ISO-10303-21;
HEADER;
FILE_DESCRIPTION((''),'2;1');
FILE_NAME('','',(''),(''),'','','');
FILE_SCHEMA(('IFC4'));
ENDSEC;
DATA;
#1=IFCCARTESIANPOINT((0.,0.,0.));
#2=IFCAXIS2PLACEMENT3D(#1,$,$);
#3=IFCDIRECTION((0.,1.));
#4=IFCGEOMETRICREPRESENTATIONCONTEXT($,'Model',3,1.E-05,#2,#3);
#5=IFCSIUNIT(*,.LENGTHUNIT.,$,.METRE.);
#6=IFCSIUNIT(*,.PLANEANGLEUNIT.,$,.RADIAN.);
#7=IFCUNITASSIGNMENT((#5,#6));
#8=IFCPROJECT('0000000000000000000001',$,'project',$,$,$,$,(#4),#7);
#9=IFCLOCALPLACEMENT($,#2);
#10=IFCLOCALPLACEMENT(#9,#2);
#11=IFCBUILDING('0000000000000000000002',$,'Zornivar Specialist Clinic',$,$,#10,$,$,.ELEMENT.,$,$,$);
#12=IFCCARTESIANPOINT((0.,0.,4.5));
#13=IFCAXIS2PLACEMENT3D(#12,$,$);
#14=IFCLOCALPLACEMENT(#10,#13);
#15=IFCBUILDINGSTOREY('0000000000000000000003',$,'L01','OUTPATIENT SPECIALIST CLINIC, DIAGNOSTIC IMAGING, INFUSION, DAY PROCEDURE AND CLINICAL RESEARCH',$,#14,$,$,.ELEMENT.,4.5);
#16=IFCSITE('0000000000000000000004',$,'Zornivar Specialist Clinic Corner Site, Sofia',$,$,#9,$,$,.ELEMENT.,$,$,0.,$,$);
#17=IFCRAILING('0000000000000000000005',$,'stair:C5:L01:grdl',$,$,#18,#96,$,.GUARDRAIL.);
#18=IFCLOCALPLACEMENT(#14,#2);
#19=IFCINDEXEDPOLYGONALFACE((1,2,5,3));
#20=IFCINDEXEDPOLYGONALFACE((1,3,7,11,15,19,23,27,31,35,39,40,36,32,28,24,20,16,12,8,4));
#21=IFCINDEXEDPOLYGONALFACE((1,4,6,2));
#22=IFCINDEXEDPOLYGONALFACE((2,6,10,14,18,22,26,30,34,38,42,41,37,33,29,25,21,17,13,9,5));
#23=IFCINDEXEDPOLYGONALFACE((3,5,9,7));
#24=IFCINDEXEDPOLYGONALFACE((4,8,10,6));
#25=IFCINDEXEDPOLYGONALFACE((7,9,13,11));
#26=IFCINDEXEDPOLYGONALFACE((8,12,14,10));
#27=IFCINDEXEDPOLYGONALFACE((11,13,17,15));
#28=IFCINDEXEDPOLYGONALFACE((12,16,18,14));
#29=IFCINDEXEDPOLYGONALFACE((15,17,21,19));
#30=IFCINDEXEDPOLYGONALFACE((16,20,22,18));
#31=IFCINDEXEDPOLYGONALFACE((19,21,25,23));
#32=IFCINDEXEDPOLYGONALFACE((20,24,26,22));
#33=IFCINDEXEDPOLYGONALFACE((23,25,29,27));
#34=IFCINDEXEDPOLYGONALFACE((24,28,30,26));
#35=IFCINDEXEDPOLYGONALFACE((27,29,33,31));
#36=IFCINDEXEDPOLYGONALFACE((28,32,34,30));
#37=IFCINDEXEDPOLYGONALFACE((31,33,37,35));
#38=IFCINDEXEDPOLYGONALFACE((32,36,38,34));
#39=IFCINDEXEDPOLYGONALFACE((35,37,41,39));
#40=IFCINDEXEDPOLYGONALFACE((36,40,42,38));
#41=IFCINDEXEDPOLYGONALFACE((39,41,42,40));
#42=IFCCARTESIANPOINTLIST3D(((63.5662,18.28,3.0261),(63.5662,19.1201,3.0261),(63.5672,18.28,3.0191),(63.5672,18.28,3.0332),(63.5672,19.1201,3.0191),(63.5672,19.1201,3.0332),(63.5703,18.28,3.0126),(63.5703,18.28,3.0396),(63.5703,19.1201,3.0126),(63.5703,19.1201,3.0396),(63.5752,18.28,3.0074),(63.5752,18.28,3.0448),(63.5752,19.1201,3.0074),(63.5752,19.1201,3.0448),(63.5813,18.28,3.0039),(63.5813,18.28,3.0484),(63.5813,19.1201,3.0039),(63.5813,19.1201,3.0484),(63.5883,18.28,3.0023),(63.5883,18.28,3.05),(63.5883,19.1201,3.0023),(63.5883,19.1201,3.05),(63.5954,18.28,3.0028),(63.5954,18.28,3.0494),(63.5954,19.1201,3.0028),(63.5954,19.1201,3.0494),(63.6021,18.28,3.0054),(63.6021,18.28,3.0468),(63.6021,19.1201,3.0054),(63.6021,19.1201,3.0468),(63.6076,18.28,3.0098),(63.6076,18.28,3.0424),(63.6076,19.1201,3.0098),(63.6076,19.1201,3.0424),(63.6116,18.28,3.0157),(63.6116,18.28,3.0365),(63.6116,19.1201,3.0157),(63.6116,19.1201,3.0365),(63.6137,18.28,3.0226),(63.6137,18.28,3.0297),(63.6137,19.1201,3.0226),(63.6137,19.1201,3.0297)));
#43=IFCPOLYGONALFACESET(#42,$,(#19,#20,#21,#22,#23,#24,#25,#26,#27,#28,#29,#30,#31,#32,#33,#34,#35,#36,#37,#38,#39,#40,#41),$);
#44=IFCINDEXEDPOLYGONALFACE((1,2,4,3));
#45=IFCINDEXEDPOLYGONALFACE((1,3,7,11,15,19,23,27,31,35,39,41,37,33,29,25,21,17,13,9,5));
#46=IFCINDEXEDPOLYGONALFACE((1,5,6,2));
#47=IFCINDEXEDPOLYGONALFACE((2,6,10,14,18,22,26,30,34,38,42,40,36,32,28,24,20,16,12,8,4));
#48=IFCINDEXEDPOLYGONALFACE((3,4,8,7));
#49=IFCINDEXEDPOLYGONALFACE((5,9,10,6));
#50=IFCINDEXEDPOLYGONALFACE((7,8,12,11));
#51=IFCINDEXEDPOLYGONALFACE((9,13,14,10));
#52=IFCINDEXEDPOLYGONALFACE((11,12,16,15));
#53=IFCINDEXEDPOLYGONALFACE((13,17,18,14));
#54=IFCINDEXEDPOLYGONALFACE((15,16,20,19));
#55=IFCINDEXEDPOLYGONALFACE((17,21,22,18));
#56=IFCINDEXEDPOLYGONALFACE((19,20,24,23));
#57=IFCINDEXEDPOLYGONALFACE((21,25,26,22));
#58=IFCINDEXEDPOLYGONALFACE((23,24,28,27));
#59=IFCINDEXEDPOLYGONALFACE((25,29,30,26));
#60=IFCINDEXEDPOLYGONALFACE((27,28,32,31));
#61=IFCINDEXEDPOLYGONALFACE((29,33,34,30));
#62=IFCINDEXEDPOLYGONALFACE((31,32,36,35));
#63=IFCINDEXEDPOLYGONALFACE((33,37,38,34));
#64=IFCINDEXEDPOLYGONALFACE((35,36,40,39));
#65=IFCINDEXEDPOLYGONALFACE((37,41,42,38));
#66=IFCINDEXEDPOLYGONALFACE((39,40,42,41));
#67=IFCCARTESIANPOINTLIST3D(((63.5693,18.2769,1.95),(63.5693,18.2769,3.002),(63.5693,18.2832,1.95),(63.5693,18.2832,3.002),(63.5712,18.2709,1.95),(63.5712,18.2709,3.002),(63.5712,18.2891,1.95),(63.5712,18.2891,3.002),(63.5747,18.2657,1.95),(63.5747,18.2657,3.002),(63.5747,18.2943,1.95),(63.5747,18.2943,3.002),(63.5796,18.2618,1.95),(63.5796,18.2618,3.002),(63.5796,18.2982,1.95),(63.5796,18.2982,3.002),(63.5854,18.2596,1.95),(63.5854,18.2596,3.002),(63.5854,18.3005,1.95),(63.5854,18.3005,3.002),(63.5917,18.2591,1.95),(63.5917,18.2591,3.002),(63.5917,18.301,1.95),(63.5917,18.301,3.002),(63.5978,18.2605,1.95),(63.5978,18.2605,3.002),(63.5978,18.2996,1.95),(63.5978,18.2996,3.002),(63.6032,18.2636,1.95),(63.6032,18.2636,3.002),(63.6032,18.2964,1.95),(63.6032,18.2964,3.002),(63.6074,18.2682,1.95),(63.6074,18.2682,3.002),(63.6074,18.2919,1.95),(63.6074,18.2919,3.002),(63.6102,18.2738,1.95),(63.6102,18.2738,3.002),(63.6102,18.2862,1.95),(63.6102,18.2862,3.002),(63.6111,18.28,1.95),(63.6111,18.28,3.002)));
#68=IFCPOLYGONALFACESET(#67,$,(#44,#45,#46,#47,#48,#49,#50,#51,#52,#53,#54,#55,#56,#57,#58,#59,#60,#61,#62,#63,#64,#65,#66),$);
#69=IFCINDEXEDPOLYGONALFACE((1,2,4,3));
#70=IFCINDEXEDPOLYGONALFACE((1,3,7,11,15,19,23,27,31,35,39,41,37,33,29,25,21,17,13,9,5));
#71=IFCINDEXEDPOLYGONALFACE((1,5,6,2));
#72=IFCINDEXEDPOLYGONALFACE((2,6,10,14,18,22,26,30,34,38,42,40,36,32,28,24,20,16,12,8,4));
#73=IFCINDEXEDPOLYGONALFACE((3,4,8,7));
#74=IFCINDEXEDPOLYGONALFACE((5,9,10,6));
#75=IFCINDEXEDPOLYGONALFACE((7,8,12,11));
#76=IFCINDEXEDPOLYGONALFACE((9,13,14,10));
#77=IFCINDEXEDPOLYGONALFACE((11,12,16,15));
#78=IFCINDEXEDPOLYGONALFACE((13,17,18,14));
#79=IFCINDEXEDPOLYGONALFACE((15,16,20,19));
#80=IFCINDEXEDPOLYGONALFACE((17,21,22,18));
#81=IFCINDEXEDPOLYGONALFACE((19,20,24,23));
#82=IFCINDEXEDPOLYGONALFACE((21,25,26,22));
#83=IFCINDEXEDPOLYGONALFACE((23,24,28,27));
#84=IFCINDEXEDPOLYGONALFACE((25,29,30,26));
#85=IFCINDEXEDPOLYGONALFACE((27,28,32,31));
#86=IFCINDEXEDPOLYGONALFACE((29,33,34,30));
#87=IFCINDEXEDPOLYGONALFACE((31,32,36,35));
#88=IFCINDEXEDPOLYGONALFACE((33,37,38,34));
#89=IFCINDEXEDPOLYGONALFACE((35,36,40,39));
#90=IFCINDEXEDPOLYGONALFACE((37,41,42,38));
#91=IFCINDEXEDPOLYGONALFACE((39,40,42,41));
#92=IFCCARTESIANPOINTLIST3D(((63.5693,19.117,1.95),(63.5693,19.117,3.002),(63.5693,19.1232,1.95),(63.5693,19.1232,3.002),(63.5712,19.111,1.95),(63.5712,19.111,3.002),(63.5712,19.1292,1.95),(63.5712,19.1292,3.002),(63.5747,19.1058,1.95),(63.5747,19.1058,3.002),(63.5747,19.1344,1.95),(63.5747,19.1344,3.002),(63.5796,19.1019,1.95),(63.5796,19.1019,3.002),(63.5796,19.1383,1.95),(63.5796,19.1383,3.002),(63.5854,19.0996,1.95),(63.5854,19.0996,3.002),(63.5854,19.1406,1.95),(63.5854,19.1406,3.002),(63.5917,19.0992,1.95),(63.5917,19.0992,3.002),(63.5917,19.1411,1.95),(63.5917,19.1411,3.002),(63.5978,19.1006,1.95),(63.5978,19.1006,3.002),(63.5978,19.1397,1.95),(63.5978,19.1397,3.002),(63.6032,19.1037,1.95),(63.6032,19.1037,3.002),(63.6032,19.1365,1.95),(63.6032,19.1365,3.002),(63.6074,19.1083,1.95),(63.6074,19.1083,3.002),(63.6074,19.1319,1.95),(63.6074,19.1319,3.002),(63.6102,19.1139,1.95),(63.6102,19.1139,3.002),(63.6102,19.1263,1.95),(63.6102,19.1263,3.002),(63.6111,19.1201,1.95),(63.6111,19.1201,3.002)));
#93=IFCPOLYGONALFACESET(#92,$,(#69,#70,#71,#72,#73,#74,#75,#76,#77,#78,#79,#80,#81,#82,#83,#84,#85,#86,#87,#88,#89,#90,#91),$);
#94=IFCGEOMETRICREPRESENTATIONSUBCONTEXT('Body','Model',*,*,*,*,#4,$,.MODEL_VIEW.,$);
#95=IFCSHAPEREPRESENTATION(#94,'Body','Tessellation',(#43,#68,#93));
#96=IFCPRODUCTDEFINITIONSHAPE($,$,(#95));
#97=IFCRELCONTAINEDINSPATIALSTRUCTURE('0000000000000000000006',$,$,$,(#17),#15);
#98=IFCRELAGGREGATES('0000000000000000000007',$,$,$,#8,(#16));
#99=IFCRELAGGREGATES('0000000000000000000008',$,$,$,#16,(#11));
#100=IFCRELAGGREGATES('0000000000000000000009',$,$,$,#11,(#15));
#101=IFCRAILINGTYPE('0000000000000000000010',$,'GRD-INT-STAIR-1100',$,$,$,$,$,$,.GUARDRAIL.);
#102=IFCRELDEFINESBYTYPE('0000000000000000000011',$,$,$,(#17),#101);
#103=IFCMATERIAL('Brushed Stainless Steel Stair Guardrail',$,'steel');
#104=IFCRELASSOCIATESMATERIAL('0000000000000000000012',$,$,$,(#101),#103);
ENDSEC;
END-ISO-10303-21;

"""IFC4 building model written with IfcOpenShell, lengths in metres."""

from ifc_helpers import new_model, si_unit, direction, frame, origin, origin_2d, place, context, subcontext, project, spatial, circle, extrude, material, type_object, element, save


model = new_model("IFC4")

# Units and contexts
model_context = context("Model", 3, precision=1e-05, world=origin(), true_north=direction((0.0, 1.0)))
body_context = subcontext(model_context, "Body", "Model", "MODEL_VIEW")
ifc_project = project(units=[si_unit("LENGTHUNIT", "METRE"), si_unit("PLANEANGLEUNIT", "RADIAN")], contexts=[model_context])

# Site, building, storey
site_placement = place(None, origin())
site = spatial("IfcSite", under=ifc_project, at=site_placement, Name="Zornivar Specialist Clinic Corner Site, Sofia", CompositionType="ELEMENT", RefElevation=0.0)
building_placement = place(site_placement, origin())
building = spatial("IfcBuilding", under=site, at=building_placement, Name="Zornivar Specialist Clinic", CompositionType="ELEMENT")
storey_placement = place(building_placement, frame((0.0, 0.0, 4.5)))
storey = spatial("IfcBuildingStorey", under=building, at=storey_placement, Name="L01", Description="OUTPATIENT SPECIALIST CLINIC, DIAGNOSTIC IMAGING, INFUSION, DAY PROCEDURE AND CLINICAL RESEARCH", CompositionType="ELEMENT", Elevation=4.5)

# Railing
ifc_material_1 = material(Name="Brushed Stainless Steel Stair Guardrail", Category="steel")
railing_type_1 = type_object("IfcRailingType", Name="GRD-INT-STAIR-1100", PredefinedType="GUARDRAIL", material=ifc_material_1)
railing_1_placement = place(storey_placement, frame((63.5901, 18.28, 1.95)))
element("IfcRailing", 1, at=railing_1_placement, inside=storey, type_object=railing_type_1, Name="stair:C5:L01:grdl", PredefinedType="GUARDRAIL", context=body_context, shape_type="SweptSolid", body=[
    extrude(circle(Radius=0.0239, at=origin_2d()), frame((0.0, 0.0, 1.0762), z_axis=(0.0, 1.0, 0.0), x_axis=(-1.0, 0.0, 0.0)), (0.0, 0.0, 1.0), 0.8401),
    extrude(circle(Radius=0.021, at=origin_2d()), origin(), (0.0, 0.0, 1.0), 1.052),
    extrude(circle(Radius=0.021, at=origin_2d()), frame((0.0, 0.8401, 0.0)), (0.0, 0.0, 1.0), 1.052),
])

save(model, "model.ifc")
